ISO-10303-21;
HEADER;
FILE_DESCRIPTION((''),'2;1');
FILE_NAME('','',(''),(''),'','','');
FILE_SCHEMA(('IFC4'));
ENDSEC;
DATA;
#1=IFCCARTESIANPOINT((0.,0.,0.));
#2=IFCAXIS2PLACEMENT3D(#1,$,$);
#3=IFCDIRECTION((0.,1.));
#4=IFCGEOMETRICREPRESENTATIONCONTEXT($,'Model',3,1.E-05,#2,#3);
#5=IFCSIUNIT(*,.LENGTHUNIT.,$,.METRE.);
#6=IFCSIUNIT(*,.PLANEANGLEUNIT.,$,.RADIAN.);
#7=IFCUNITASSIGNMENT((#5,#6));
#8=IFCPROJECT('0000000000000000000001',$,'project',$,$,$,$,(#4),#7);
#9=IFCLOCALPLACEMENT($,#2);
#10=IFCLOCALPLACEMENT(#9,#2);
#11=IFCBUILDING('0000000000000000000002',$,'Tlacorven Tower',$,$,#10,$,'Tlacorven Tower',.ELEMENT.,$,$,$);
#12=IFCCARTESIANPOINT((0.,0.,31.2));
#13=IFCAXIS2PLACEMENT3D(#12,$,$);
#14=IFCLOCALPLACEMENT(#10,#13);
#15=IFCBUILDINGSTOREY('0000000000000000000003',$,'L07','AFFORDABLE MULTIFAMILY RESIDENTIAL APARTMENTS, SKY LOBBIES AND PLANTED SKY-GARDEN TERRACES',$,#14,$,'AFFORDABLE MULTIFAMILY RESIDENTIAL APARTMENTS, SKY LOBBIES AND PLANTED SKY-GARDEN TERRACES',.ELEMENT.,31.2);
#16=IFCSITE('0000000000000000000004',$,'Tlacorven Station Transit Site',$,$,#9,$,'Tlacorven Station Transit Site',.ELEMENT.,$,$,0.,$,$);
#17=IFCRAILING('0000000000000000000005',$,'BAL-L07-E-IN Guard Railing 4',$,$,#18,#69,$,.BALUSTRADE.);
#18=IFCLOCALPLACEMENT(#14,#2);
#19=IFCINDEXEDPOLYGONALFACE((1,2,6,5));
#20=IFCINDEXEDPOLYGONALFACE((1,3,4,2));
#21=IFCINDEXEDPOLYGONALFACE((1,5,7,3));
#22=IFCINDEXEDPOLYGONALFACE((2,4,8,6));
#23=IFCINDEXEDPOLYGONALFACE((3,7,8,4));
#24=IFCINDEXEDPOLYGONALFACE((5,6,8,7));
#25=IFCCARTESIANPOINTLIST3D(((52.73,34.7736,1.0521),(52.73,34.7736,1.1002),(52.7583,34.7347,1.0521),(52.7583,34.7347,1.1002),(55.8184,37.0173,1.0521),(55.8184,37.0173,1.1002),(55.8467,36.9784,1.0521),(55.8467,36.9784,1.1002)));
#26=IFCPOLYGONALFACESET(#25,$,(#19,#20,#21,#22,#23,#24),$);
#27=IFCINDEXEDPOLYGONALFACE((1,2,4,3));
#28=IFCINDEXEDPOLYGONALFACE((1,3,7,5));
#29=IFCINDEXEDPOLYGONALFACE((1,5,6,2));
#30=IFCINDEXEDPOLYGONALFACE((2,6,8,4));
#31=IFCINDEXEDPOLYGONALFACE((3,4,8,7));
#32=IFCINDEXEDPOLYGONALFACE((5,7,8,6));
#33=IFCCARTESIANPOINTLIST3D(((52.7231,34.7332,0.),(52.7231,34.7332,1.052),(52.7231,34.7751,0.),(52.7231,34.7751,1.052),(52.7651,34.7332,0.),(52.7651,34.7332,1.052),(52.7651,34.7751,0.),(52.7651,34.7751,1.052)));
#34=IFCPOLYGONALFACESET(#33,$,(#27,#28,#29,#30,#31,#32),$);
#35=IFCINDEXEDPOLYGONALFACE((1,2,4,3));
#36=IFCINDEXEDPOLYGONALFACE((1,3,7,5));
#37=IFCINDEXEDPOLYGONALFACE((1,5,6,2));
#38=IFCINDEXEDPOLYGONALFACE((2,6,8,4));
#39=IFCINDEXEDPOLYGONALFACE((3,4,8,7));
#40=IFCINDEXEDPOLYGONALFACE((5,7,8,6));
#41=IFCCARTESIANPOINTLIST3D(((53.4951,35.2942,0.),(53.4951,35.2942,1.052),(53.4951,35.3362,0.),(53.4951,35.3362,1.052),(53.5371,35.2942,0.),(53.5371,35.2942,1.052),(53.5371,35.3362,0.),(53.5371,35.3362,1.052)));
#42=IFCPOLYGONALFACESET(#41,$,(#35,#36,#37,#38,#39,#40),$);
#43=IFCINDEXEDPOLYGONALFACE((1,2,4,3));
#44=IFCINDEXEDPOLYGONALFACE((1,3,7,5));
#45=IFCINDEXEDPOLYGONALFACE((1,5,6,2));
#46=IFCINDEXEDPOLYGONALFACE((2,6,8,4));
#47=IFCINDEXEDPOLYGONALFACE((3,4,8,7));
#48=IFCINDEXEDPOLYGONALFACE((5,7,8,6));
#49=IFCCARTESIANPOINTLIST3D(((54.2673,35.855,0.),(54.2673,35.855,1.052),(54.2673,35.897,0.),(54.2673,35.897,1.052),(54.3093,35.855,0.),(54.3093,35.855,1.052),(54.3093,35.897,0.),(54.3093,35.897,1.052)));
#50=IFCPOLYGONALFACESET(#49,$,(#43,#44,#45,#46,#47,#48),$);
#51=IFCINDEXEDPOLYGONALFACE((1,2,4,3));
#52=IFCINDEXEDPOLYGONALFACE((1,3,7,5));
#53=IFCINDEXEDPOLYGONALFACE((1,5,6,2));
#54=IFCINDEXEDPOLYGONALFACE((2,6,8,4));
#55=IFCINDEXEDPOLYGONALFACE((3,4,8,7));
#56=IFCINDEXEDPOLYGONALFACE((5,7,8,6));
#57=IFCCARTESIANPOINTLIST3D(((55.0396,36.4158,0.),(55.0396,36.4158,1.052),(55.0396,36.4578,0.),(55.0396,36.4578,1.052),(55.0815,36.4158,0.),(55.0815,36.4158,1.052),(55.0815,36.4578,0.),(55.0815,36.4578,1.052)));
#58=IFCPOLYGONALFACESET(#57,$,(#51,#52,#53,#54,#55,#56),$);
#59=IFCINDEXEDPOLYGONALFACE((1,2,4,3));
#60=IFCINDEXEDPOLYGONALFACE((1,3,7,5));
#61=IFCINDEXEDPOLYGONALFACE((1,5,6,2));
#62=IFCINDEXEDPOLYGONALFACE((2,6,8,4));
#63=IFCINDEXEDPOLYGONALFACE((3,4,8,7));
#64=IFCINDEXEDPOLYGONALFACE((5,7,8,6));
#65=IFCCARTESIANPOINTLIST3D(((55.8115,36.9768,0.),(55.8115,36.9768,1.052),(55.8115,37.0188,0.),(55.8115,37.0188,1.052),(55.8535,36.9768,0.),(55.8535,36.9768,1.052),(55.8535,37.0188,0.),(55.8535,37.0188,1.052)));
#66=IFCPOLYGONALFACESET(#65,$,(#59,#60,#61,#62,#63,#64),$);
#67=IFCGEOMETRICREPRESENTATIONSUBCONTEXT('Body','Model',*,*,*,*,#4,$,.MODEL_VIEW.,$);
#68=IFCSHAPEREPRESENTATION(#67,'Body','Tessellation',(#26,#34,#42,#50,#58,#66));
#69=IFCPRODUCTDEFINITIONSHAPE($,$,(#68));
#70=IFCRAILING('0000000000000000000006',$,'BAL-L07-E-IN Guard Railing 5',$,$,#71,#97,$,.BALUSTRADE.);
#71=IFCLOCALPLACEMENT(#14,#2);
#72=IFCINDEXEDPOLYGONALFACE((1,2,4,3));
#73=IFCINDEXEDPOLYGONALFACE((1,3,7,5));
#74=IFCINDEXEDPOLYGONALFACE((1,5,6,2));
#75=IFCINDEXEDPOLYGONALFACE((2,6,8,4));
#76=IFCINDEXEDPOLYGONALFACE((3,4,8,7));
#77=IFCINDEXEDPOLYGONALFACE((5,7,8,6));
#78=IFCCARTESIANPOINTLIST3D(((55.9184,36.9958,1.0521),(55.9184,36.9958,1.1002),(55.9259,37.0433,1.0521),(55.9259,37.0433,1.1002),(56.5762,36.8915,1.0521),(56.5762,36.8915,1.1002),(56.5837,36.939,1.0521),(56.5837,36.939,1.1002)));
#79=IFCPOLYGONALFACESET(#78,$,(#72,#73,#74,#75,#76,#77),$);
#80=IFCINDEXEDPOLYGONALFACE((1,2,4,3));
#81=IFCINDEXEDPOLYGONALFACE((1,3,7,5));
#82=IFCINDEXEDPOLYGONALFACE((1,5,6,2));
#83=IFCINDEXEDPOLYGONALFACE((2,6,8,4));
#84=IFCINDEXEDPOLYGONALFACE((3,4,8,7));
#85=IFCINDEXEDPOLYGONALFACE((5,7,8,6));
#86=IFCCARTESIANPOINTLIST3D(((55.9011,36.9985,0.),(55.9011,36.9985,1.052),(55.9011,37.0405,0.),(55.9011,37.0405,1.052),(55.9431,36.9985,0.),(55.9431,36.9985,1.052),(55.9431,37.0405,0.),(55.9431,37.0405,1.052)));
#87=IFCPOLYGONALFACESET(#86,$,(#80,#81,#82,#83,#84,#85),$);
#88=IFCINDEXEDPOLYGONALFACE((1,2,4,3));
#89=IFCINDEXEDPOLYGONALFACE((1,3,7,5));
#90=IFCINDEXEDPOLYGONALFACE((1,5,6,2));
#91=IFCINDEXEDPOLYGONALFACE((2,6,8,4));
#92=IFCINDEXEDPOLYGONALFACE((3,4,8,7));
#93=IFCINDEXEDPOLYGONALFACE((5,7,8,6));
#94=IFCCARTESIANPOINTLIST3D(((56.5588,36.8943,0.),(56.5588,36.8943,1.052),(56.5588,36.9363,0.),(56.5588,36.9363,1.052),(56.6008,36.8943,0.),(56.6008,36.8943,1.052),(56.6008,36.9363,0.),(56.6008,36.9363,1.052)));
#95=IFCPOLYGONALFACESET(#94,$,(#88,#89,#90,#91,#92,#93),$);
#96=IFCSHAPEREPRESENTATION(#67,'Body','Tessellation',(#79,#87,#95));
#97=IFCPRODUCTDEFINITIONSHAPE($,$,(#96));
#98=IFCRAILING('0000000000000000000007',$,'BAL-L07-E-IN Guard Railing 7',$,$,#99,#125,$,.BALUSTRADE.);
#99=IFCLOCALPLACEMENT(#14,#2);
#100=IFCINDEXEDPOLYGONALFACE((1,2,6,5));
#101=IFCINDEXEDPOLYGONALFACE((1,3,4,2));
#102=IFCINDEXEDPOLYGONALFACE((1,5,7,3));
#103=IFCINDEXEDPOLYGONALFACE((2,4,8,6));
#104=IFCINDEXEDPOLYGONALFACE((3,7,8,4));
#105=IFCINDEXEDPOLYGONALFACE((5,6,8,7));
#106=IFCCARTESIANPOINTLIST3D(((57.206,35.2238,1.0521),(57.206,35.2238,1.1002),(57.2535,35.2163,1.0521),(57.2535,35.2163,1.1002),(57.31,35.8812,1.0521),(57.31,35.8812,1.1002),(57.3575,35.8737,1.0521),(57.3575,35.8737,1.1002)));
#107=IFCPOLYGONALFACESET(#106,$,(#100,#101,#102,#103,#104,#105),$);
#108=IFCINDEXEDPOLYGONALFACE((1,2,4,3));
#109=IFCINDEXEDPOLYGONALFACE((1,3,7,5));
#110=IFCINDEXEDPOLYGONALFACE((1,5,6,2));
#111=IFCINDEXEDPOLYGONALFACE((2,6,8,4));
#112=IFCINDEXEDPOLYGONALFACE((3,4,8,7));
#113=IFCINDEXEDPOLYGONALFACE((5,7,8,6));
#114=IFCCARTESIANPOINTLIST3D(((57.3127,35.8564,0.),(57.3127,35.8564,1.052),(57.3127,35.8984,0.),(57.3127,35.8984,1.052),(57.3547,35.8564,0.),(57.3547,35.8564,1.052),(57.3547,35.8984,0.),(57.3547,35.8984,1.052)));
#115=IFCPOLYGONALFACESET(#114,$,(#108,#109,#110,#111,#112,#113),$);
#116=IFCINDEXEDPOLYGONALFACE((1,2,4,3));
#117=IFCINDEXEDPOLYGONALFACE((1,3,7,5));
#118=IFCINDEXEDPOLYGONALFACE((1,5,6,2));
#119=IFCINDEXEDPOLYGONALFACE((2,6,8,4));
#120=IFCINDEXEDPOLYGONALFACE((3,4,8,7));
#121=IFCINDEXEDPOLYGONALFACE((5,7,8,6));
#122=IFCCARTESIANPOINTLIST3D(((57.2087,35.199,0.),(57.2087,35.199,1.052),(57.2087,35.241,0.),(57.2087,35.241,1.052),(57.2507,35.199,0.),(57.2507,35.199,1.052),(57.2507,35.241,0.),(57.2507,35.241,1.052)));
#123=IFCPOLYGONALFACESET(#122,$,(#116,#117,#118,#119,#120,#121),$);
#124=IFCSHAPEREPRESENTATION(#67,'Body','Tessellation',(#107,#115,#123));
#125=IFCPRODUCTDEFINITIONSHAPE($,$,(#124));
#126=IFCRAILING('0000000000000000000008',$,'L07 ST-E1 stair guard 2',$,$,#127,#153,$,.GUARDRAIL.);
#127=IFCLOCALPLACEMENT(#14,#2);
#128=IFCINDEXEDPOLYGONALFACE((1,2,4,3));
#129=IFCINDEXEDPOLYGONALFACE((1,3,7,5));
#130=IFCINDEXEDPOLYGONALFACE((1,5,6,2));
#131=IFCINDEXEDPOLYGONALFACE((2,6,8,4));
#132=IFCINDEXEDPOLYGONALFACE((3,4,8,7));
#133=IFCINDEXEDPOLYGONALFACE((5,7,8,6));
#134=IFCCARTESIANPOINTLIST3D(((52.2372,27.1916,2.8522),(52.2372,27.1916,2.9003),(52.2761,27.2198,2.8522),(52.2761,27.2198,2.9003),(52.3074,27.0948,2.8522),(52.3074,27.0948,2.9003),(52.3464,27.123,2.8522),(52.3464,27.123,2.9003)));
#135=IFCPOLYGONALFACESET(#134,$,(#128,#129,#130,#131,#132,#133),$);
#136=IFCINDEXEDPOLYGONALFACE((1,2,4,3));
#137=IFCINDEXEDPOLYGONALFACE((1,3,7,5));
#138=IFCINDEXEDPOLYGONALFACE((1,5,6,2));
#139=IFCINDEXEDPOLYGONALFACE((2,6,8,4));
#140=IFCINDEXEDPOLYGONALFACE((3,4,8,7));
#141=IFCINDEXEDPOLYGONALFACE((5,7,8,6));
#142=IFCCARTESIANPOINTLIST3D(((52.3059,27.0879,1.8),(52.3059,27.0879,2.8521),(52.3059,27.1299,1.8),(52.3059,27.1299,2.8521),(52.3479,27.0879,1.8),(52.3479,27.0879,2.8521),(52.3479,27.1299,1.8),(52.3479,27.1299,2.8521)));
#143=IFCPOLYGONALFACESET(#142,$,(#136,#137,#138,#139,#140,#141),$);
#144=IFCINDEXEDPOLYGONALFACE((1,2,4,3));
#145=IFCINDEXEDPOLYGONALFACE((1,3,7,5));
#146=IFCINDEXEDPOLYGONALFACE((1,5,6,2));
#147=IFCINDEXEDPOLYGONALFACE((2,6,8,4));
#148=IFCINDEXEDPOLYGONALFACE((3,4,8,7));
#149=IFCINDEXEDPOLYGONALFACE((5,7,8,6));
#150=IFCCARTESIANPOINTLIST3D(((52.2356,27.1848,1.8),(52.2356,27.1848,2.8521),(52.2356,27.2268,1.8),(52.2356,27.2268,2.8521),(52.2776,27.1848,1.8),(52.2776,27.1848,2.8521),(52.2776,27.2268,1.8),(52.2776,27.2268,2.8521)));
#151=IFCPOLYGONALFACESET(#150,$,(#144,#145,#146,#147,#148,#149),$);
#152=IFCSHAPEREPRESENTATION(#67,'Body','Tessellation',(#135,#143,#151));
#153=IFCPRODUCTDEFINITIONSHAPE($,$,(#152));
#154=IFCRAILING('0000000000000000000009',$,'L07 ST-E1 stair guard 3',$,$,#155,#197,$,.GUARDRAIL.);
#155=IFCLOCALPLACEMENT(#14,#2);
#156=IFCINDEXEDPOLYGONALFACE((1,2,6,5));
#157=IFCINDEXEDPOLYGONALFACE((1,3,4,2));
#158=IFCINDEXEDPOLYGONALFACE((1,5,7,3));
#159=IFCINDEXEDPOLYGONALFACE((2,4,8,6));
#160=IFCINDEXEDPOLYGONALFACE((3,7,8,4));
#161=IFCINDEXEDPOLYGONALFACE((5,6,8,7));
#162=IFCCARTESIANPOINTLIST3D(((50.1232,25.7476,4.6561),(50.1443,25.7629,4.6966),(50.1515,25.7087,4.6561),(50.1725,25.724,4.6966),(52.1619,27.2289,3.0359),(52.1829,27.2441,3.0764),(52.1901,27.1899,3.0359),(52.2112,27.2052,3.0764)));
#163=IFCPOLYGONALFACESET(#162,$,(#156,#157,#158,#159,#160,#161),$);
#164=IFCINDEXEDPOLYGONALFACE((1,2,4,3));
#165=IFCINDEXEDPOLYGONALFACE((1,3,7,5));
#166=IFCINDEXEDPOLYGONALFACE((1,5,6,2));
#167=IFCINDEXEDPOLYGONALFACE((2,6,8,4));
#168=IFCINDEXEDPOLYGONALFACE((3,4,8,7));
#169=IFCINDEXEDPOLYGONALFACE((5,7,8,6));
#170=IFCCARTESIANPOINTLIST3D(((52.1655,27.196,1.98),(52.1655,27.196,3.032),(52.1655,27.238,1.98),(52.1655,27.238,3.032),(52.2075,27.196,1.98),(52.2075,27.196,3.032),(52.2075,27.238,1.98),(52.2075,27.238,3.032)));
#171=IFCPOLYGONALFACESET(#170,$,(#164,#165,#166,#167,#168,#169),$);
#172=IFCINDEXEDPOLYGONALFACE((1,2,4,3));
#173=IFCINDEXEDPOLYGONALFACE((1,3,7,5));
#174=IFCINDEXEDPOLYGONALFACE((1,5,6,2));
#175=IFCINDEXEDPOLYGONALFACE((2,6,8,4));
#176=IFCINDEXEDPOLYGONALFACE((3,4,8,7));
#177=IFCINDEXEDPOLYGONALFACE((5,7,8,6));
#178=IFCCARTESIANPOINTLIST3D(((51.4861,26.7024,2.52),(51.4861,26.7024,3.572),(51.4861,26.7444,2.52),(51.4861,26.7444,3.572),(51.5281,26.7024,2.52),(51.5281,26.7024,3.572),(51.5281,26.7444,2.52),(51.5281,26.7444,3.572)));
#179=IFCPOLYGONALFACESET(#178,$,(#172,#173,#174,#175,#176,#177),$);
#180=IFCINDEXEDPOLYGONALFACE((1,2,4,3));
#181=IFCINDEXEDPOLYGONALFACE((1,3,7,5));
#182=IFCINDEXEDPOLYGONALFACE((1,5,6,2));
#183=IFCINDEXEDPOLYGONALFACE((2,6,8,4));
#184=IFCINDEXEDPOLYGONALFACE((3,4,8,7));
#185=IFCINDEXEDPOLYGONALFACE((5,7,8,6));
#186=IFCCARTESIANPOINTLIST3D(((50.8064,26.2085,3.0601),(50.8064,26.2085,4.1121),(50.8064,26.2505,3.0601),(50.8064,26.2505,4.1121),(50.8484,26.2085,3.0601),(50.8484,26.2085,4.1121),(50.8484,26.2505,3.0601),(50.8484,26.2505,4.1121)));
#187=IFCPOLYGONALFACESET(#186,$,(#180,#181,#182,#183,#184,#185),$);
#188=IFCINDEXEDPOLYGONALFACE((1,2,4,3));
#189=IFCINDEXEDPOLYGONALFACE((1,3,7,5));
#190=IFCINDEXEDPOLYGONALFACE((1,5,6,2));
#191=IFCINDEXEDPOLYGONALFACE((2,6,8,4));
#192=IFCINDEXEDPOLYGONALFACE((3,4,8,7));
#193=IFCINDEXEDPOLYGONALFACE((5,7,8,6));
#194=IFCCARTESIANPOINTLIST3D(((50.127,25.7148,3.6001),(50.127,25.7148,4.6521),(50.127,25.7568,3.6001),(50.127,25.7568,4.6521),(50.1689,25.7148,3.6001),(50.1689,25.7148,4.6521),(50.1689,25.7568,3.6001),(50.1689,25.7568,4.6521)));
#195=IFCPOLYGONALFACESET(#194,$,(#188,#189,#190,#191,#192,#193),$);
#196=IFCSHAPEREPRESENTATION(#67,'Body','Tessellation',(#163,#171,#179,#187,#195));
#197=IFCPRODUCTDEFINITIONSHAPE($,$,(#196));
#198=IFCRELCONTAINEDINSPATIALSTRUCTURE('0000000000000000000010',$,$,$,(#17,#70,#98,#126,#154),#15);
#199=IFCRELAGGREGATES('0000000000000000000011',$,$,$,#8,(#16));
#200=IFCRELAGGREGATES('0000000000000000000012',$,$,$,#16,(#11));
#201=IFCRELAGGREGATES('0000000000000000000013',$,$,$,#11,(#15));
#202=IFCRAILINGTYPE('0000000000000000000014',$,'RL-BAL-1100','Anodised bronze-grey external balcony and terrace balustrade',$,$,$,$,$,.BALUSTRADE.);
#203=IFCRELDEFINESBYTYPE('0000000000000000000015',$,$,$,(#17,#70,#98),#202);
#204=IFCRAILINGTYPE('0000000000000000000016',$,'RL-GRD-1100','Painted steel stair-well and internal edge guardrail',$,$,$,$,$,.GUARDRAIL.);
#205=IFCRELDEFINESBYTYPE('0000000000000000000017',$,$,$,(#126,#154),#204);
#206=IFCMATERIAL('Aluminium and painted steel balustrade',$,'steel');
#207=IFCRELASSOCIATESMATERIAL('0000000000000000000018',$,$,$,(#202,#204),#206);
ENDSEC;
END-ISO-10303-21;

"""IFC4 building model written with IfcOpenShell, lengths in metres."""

from ifc_helpers import new_model, si_unit, direction, frame, origin, origin_2d, place, context, subcontext, project, spatial, rectangle, extrude, source, transform, mapped, material, type_object, element, save


model = new_model("IFC4")

# Units and contexts
model_context = context("Model", 3, precision=1e-05, world=origin(), true_north=direction((0.0, 1.0)))
body_context = subcontext(model_context, "Body", "Model", "MODEL_VIEW")
ifc_project = project(units=[si_unit("LENGTHUNIT", "METRE"), si_unit("PLANEANGLEUNIT", "RADIAN")], contexts=[model_context])

# Site, building, storey
site_placement = place(None, origin())
site = spatial("IfcSite", under=ifc_project, at=site_placement, Name="Tlacorven Station Transit Site", LongName="Tlacorven Station Transit Site", CompositionType="ELEMENT", RefElevation=0.0)
building_placement = place(site_placement, origin())
building = spatial("IfcBuilding", under=site, at=building_placement, Name="Tlacorven Tower", LongName="Tlacorven Tower", CompositionType="ELEMENT")
storey_placement = place(building_placement, frame((0.0, 0.0, 31.2)))
storey = spatial("IfcBuildingStorey", under=building, at=storey_placement, Name="L07", Description="AFFORDABLE MULTIFAMILY RESIDENTIAL APARTMENTS, SKY LOBBIES AND PLANTED SKY-GARDEN TERRACES", LongName="AFFORDABLE MULTIFAMILY RESIDENTIAL APARTMENTS, SKY LOBBIES AND PLANTED SKY-GARDEN TERRACES", CompositionType="ELEMENT", Elevation=31.2)

# Railings
ifc_material_1 = material(Name="Aluminium and painted steel balustrade", Category="steel")
railing_type_1 = type_object("IfcRailingType", Name="RL-BAL-1100", Description="Anodised bronze-grey external balcony and terrace balustrade", PredefinedType="BALUSTRADE", material=ifc_material_1)
shared_shape_1 = source(origin(), body_context, "Body", "SweptSolid", [
    extrude(rectangle(XDim=0.0481, YDim=0.0481, at=origin_2d()), frame((0.0, 0.0, 1.0762), z_axis=(0.80904, 0.587753, 0.0), x_axis=(-0.587753, 0.80904, 0.0)), (0.0, 0.0, 1.0), 3.8174),
    extrude(rectangle(XDim=0.042, YDim=0.042, at=origin_2d()), origin(), (0.0, 0.0, 1.0), 1.052),
    extrude(rectangle(XDim=0.042, YDim=0.042, at=origin_2d()), frame((0.772, 0.561, 0.0)), (0.0, 0.0, 1.0), 1.052),
    extrude(rectangle(XDim=0.042, YDim=0.042, at=origin_2d()), frame((1.5442, 1.1218, 0.0)), (0.0, 0.0, 1.0), 1.052),
    extrude(rectangle(XDim=0.042, YDim=0.042, at=origin_2d()), frame((2.3164, 1.6826, 0.0)), (0.0, 0.0, 1.0), 1.052),
    extrude(rectangle(XDim=0.042, YDim=0.042, at=origin_2d()), frame((3.0884, 2.2437, 0.0)), (0.0, 0.0, 1.0), 1.052),
])
railing_1_placement = place(storey_placement, frame((52.7441, 34.7542, 0.0)))
element("IfcRailing", 1, at=railing_1_placement, inside=storey, type_object=railing_type_1, Name="BAL-L07-E-IN Guard Railing 4", PredefinedType="BALUSTRADE", context=body_context, shape_type="MappedRepresentation", body=[
    mapped(shared_shape_1, transform((0.0, 0.0, 0.0), scale=1.0)),
])
shared_shape_2 = source(origin(), body_context, "Body", "SweptSolid", [
    extrude(rectangle(XDim=0.0481, YDim=0.0481, at=origin_2d()), frame((0.0, 0.0, 1.0762), z_axis=(0.987671, -0.156546, 0.0), x_axis=(0.156546, 0.987671, 0.0)), (0.0, 0.0, 1.0), 0.666),
    extrude(rectangle(XDim=0.042, YDim=0.042, at=origin_2d()), origin(), (0.0, 0.0, 1.0), 1.052),
    extrude(rectangle(XDim=0.042, YDim=0.042, at=origin_2d()), frame((0.6577, -0.1042, 0.0)), (0.0, 0.0, 1.0), 1.052),
])
railing_2_placement = place(storey_placement, frame((55.9221, 37.0195, 0.0)))
element("IfcRailing", 2, at=railing_2_placement, inside=storey, type_object=railing_type_1, Name="BAL-L07-E-IN Guard Railing 5", PredefinedType="BALUSTRADE", context=body_context, shape_type="MappedRepresentation", body=[
    mapped(shared_shape_2, transform((0.0, 0.0, 0.0), scale=1.0)),
])
shared_shape_3 = source(origin(), body_context, "Body", "SweptSolid", [
    extrude(rectangle(XDim=0.0481, YDim=0.0481, at=origin_2d()), frame((0.0, 0.0, 1.0762), z_axis=(-0.156245, -0.987718, 0.0), x_axis=(0.987718, -0.156245, 0.0)), (0.0, 0.0, 1.0), 0.6655),
    extrude(rectangle(XDim=0.042, YDim=0.042, at=origin_2d()), origin(), (0.0, 0.0, 1.0), 1.052),
    extrude(rectangle(XDim=0.042, YDim=0.042, at=origin_2d()), frame((-0.104, -0.6575, 0.0)), (0.0, 0.0, 1.0), 1.052),
])
railing_3_placement = place(storey_placement, frame((57.3337, 35.8774, 0.0)))
element("IfcRailing", 3, at=railing_3_placement, inside=storey, type_object=railing_type_1, Name="BAL-L07-E-IN Guard Railing 7", PredefinedType="BALUSTRADE", context=body_context, shape_type="MappedRepresentation", body=[
    mapped(shared_shape_3, transform((0.0, 0.0, 0.0), scale=1.0)),
])
railing_type_2 = type_object("IfcRailingType", Name="RL-GRD-1100", Description="Painted steel stair-well and internal edge guardrail", PredefinedType="GUARDRAIL", material=ifc_material_1)
shared_shape_4 = source(origin(), body_context, "Body", "SweptSolid", [
    extrude(rectangle(XDim=0.0481, YDim=0.0481, at=origin_2d()), frame((0.0, 0.0, 1.0762), z_axis=(-0.587201, 0.809441, 0.0), x_axis=(-0.809441, -0.587201, 0.0)), (0.0, 0.0, 1.0), 0.1196),
    extrude(rectangle(XDim=0.042, YDim=0.042, at=origin_2d()), origin(), (0.0, 0.0, 1.0), 1.052),
    extrude(rectangle(XDim=0.042, YDim=0.042, at=origin_2d()), frame((-0.0703, 0.0969, 0.0)), (0.0, 0.0, 1.0), 1.052),
])
railing_4_placement = place(storey_placement, frame((52.3269, 27.1089, 1.8)))
element("IfcRailing", 4, at=railing_4_placement, inside=storey, type_object=railing_type_2, Name="L07 ST-E1 stair guard 2", PredefinedType="GUARDRAIL", context=body_context, shape_type="MappedRepresentation", body=[
    mapped(shared_shape_4, transform((0.0, 0.0, 0.0), scale=1.0)),
])
shared_shape_5 = source(origin(), body_context, "Body", "SweptSolid", [
    extrude(rectangle(XDim=0.0481, YDim=0.0481, at=origin_2d()), frame((0.0, 0.0, 1.0762), z_axis=(-0.680489, -0.494434, 0.540805), x_axis=(0.587809, -0.809, 0.0)), (0.0, 0.0, 1.0), 2.9958),
    extrude(rectangle(XDim=0.042, YDim=0.042, at=origin_2d()), origin(), (0.0, 0.0, 1.0), 1.052),
    extrude(rectangle(XDim=0.042, YDim=0.042, at=origin_2d()), frame((-0.6794, -0.4937, 0.54)), (0.0, 0.0, 1.0), 1.052),
    extrude(rectangle(XDim=0.042, YDim=0.042, at=origin_2d()), frame((-1.3591, -0.9875, 1.0801)), (0.0, 0.0, 1.0), 1.052),
    extrude(rectangle(XDim=0.042, YDim=0.042, at=origin_2d()), frame((-2.0386, -1.4812, 1.6201)), (0.0, 0.0, 1.0), 1.052),
])
railing_5_placement = place(storey_placement, frame((52.1865, 27.217, 1.98)))
element("IfcRailing", 5, at=railing_5_placement, inside=storey, type_object=railing_type_2, Name="L07 ST-E1 stair guard 3", PredefinedType="GUARDRAIL", context=body_context, shape_type="MappedRepresentation", body=[
    mapped(shared_shape_5, transform((0.0, 0.0, 0.0), scale=1.0)),
])

save(model, "model.ifc")
